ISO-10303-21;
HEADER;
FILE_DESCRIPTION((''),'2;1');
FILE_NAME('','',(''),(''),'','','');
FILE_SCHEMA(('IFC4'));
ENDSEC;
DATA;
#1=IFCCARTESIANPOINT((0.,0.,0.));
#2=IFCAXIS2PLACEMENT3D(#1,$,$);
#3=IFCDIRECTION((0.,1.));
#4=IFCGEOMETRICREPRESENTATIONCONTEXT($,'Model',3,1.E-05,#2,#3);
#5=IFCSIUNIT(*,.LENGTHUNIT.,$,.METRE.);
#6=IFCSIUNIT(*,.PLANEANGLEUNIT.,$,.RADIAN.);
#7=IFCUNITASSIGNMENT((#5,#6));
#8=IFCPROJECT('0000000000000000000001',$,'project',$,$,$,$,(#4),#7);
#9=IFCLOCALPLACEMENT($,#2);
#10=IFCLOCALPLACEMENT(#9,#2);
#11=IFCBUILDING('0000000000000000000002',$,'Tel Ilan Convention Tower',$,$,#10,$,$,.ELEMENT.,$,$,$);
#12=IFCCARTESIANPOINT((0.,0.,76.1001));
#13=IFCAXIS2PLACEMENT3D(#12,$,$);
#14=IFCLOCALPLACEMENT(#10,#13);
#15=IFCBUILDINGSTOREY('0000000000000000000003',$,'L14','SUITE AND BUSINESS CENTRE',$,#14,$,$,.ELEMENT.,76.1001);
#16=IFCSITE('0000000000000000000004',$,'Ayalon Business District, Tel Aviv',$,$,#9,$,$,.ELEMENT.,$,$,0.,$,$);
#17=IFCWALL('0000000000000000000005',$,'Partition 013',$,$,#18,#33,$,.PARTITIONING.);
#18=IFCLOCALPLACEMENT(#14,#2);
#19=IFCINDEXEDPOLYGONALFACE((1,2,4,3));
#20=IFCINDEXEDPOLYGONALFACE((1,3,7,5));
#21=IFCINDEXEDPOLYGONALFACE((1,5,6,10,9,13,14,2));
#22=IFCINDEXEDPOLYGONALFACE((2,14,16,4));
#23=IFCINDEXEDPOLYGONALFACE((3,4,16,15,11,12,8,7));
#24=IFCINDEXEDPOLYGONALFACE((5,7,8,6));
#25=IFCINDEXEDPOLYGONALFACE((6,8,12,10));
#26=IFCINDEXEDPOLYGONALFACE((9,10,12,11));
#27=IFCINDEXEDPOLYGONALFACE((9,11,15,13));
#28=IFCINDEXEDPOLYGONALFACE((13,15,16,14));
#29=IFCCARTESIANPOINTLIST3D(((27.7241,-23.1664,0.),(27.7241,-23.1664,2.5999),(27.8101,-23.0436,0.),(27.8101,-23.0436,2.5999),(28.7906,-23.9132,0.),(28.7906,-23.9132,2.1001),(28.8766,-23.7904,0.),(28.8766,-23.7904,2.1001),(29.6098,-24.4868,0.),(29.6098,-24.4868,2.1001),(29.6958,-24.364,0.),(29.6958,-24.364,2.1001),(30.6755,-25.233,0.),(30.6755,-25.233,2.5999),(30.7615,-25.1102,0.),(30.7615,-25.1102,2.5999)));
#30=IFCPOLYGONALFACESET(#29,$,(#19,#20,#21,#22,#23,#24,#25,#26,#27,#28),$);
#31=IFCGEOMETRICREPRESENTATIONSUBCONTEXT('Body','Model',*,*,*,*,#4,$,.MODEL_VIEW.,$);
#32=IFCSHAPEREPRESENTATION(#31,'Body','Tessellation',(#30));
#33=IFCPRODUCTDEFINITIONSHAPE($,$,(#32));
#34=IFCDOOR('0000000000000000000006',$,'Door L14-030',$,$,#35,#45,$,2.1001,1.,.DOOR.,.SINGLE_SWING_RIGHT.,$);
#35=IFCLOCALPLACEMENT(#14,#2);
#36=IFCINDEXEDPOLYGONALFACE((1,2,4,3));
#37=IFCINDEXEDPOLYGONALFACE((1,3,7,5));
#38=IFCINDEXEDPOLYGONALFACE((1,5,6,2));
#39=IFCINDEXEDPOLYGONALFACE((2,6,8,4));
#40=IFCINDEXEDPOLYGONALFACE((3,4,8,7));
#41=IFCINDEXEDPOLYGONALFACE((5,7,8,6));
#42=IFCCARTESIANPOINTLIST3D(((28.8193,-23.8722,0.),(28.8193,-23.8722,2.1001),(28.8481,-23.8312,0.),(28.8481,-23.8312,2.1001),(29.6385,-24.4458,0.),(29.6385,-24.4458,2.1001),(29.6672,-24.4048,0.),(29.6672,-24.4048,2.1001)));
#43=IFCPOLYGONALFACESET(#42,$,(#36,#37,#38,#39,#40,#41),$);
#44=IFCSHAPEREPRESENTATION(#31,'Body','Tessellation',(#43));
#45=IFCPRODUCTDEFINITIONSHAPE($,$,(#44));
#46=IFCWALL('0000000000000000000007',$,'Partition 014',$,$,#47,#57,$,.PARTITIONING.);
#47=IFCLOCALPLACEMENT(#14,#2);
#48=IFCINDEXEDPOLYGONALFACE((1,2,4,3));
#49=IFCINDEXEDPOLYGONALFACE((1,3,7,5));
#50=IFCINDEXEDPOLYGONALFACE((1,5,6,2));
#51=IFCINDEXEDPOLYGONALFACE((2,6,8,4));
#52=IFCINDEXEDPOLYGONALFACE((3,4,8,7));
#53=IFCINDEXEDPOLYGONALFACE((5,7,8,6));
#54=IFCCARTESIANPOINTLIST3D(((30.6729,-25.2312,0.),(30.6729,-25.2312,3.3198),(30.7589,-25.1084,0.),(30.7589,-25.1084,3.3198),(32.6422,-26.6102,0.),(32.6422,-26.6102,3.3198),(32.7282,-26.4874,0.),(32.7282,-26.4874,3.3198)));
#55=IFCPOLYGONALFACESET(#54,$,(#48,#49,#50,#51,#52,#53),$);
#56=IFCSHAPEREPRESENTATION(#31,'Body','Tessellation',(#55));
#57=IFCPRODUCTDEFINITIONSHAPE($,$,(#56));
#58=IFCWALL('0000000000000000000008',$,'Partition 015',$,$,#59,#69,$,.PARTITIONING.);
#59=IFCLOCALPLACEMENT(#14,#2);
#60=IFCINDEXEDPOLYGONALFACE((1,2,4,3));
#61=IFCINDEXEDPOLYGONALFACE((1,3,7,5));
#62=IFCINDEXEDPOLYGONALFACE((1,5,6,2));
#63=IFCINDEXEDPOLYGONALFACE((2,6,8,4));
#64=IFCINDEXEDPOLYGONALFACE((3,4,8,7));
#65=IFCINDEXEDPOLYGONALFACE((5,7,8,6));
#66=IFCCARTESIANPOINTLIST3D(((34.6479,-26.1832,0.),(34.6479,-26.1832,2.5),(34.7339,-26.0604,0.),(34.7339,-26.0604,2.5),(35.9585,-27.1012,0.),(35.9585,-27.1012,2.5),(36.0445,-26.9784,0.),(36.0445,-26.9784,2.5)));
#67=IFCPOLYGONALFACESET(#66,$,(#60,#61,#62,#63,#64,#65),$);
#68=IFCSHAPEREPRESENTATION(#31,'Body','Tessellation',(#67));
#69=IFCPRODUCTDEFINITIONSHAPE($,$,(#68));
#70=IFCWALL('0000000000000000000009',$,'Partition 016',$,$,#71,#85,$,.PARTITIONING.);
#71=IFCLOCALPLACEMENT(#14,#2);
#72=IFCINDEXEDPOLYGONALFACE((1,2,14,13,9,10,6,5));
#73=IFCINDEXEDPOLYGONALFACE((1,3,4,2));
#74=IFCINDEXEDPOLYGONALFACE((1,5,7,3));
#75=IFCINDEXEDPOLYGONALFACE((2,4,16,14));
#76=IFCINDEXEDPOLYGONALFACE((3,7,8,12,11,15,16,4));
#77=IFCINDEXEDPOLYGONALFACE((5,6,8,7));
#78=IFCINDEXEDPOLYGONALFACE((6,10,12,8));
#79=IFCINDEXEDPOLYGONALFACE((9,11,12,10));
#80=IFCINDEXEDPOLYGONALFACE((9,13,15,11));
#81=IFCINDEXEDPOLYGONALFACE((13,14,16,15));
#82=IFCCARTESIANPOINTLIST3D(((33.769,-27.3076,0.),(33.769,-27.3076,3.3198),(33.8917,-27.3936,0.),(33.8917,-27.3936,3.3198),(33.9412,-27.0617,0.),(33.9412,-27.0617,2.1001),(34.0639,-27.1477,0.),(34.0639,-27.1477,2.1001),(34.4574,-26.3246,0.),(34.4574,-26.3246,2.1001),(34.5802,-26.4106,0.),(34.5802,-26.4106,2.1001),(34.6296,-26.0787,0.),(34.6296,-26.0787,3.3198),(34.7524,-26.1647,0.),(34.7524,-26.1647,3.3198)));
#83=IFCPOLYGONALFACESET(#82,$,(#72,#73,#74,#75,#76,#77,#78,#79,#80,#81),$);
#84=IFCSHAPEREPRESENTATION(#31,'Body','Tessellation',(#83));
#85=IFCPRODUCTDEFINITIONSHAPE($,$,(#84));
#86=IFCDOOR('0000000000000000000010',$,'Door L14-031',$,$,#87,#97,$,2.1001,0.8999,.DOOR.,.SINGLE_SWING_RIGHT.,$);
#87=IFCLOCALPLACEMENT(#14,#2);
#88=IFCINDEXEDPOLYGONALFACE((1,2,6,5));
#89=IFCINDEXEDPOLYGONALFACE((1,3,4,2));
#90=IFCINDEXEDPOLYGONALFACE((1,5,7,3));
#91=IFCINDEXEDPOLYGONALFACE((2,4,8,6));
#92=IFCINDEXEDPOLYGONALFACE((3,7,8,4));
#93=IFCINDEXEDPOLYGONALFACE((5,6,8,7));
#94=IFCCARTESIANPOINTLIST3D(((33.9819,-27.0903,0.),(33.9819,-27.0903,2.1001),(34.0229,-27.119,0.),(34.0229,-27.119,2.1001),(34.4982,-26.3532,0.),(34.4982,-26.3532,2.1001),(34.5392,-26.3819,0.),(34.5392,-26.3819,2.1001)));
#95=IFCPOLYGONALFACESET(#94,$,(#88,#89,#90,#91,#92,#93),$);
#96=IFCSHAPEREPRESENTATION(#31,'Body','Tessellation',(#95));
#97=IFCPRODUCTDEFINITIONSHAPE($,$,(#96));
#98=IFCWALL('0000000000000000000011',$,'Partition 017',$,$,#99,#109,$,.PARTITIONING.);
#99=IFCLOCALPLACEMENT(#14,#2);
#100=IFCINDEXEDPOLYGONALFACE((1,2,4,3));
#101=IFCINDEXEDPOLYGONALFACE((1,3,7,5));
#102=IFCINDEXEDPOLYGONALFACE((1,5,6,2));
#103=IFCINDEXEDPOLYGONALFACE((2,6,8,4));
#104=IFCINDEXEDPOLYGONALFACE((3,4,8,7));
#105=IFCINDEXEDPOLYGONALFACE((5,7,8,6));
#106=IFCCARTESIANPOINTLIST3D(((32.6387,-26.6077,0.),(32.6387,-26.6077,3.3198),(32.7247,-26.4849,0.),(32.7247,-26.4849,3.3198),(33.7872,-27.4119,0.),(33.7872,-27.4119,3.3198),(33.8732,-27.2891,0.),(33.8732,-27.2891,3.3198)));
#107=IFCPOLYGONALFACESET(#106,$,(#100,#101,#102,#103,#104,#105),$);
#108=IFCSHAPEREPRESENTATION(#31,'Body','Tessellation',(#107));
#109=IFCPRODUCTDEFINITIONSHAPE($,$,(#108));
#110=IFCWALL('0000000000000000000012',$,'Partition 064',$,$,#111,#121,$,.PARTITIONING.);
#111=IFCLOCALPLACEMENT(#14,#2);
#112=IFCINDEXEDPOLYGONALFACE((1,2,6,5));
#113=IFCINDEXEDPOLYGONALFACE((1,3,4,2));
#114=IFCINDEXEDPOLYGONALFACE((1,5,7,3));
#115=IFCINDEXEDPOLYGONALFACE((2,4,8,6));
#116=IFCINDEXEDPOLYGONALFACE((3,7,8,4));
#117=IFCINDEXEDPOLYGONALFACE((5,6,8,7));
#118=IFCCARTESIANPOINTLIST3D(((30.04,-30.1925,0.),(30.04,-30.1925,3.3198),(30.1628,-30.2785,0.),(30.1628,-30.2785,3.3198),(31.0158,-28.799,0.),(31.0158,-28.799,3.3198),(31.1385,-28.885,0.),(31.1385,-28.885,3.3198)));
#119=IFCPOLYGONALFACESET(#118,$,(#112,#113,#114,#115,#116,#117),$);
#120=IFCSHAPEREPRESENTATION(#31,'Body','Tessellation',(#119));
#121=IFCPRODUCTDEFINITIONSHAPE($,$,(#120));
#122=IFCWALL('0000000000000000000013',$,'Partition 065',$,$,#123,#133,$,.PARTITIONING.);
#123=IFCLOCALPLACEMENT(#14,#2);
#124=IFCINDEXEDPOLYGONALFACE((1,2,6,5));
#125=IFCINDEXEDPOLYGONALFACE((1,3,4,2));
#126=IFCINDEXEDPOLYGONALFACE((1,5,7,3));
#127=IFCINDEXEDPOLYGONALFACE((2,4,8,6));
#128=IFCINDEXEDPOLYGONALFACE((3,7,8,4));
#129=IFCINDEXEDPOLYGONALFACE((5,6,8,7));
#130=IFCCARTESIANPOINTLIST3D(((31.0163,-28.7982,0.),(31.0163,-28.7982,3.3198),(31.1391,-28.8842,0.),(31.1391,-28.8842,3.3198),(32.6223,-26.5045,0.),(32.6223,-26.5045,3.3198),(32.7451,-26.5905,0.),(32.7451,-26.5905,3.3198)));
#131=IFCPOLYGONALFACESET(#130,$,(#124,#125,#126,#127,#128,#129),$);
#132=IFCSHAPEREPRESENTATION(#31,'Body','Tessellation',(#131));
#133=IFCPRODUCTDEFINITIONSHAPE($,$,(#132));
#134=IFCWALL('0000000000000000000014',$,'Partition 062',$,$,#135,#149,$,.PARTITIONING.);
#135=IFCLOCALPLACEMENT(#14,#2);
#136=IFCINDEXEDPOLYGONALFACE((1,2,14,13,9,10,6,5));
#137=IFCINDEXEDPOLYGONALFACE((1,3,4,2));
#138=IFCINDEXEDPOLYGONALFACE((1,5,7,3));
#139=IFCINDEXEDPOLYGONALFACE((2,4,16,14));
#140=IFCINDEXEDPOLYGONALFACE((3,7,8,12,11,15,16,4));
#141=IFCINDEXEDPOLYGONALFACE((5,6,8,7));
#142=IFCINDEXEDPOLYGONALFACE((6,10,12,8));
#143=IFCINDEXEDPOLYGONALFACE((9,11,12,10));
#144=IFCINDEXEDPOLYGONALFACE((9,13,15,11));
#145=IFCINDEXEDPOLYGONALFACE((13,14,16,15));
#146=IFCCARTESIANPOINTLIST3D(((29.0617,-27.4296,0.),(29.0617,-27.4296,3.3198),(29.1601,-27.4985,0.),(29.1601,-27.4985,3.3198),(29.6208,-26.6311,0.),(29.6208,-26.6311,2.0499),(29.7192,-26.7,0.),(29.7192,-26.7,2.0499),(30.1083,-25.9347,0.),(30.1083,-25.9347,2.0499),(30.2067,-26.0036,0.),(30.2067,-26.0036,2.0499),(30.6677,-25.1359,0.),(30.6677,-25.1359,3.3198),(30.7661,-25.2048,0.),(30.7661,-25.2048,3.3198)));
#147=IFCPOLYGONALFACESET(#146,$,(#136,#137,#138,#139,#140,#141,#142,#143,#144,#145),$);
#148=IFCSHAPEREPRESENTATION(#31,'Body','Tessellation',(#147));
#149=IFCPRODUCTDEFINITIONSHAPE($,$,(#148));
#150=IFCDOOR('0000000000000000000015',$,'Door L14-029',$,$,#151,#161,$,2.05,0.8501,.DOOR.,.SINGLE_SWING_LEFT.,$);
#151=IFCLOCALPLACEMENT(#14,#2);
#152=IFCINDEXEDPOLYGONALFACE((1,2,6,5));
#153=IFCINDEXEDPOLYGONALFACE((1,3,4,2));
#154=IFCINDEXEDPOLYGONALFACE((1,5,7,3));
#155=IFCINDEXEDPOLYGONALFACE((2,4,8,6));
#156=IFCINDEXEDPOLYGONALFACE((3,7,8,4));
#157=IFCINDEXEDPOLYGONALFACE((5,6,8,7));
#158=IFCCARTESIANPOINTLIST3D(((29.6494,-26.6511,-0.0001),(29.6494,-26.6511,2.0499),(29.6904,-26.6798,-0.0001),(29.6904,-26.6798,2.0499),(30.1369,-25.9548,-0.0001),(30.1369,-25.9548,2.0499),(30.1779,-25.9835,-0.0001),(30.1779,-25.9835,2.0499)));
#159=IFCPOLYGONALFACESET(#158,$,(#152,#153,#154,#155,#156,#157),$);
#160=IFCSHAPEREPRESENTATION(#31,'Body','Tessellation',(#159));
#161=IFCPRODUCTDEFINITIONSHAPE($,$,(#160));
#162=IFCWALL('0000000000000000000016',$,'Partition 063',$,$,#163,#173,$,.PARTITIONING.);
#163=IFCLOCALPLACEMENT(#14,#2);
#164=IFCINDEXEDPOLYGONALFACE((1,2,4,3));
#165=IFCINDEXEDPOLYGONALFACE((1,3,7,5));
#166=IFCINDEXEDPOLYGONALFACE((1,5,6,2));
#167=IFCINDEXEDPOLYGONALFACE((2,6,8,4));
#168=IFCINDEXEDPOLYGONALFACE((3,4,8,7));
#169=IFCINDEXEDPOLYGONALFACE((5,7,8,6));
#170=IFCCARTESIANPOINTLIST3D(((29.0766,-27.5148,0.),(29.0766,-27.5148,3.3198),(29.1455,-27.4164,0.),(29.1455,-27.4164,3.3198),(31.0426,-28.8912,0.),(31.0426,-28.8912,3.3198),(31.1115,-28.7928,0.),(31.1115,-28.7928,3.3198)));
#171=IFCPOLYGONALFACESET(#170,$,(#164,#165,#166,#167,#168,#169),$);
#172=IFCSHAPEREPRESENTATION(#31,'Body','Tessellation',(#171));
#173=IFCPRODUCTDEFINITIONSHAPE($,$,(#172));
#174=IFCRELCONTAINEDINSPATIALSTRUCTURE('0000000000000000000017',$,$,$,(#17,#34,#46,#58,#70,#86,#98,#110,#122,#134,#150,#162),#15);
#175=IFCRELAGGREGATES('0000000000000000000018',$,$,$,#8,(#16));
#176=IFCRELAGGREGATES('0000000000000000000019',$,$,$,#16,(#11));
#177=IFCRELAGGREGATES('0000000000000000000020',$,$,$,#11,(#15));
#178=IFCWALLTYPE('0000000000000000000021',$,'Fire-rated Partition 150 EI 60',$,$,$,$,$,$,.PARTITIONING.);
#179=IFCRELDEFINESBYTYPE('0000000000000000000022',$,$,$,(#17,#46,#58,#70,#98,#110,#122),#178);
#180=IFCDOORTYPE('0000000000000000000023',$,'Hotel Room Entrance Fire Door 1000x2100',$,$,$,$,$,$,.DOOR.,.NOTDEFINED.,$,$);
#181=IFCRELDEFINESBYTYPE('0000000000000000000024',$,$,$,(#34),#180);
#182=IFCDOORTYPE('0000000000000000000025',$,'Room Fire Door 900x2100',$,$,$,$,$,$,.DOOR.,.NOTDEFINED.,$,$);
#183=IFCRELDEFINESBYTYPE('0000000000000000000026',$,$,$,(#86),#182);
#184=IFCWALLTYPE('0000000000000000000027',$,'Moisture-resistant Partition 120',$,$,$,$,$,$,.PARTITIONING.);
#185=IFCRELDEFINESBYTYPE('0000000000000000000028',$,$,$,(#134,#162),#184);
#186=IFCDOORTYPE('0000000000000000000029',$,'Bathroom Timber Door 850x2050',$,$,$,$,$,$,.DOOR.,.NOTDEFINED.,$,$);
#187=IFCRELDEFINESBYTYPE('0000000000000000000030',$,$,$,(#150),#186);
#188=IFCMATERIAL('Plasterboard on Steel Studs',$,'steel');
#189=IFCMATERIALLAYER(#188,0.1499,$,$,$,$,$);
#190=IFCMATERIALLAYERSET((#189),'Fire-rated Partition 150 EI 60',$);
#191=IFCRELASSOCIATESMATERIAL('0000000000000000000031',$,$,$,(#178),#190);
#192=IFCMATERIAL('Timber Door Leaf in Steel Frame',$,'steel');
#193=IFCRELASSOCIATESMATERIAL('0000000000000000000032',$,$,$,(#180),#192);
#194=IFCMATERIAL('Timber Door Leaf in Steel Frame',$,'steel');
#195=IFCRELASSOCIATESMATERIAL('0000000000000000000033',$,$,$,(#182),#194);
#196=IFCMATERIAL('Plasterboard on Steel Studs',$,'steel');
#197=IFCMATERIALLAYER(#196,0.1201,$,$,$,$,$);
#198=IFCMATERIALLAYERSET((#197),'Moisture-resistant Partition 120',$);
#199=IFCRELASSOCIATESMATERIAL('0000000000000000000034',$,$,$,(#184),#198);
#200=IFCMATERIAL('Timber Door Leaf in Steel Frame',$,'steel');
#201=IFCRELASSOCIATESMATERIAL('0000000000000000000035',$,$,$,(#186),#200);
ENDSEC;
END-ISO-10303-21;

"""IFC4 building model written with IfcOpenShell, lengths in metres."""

from ifc_helpers import new_model, si_unit, direction, frame, frame_2d, origin, place, context, subcontext, project, spatial, rectangle, extrude, material, layer, layer_set, type_object, element, fill, save


model = new_model("IFC4")

# Units and contexts
model_context = context("Model", 3, precision=1e-05, world=origin(), true_north=direction((0.0, 1.0)))
body_context = subcontext(model_context, "Body", "Model", "MODEL_VIEW")
ifc_project = project(units=[si_unit("LENGTHUNIT", "METRE"), si_unit("PLANEANGLEUNIT", "RADIAN")], contexts=[model_context])

# Site, building, storey
site_placement = place(None, origin())
site = spatial("IfcSite", under=ifc_project, at=site_placement, Name="Ayalon Business District, Tel Aviv", CompositionType="ELEMENT", RefElevation=0.0)
building_placement = place(site_placement, origin())
building = spatial("IfcBuilding", under=site, at=building_placement, Name="Tel Ilan Convention Tower", CompositionType="ELEMENT")
storey_placement = place(building_placement, frame((0.0, 0.0, 76.1001)))
storey = spatial("IfcBuildingStorey", under=building, at=storey_placement, Name="L14", Description="SUITE AND BUSINESS CENTRE", CompositionType="ELEMENT", Elevation=76.1001)

# Wall, opening, door
ifc_material_1 = material(Name="Plasterboard on Steel Studs", Category="steel")
ifc_layer_1 = layer(ifc_material_1, 0.1499)
ifc_layer_set_1 = layer_set([ifc_layer_1], Name="Fire-rated Partition 150 EI 60")
wall_type_1 = type_object("IfcWallType", Name="Fire-rated Partition 150 EI 60", PredefinedType="PARTITIONING", material=ifc_layer_set_1)
wall_1_placement = place(storey_placement, frame((30.7185, -25.1716, 0.0), z_axis=(0.0, 0.0, 1.0), x_axis=(-0.819146, 0.573585, 0.0)))
wall_1 = element("IfcWall", 1, at=wall_1_placement, inside=storey, type_object=wall_type_1, Name="Partition 013", PredefinedType="PARTITIONING", context=body_context, shape_type="SweptSolid", body=[
    extrude(rectangle(XDim=3.603, YDim=0.1499, at=frame_2d((1.8015, 0.0))), origin(), (0.0, 0.0, 1.0), 2.5999),
])
opening_1_placement = place(wall_1_placement, frame((1.301, 0.0, 0.0)))
opening_1 = element("IfcOpeningElement", 2, at=opening_1_placement, cuts=wall_1, PredefinedType="OPENING", context=body_context, shape_type="SweptSolid", body=[
    extrude(rectangle(XDim=1.0, YDim=2.1001, at=frame_2d((0.5, 1.05))), frame((0.0, 0.085, 0.0), z_axis=(0.0, -1.0, 0.0), x_axis=(1.0, 0.0, 0.0)), (0.0, 0.0, 1.0), 0.1699),
])
ifc_material_2 = material(Name="Timber Door Leaf in Steel Frame", Category="steel")
door_type_1 = type_object("IfcDoorType", Name="Hotel Room Entrance Fire Door 1000x2100", OperationType="NOTDEFINED", PredefinedType="DOOR", material=ifc_material_2)
door_1_placement = place(opening_1_placement, origin())
door_1 = element("IfcDoor", 3, at=door_1_placement, inside=storey, type_object=door_type_1, Name="Door L14-030", OperationType="SINGLE_SWING_RIGHT", OverallHeight=2.1001, OverallWidth=1.0, PredefinedType="DOOR", context=body_context, shape_type="SweptSolid", body=[
    extrude(rectangle(XDim=1.0, YDim=2.1001, at=frame_2d((0.5, 1.05))), frame((0.0, 0.0249, 0.0), z_axis=(0.0, -1.0, 0.0), x_axis=(1.0, 0.0, 0.0)), (0.0, 0.0, 1.0), 0.05),
])
fill(opening_1, door_1)

# Walls
wall_2_placement = place(storey_placement, frame((32.6853, -26.5488, 0.0), z_axis=(0.0, 0.0, 1.0), x_axis=(-0.819146, 0.573585, 0.0)))
element("IfcWall", 4, at=wall_2_placement, inside=storey, type_object=wall_type_1, Name="Partition 014", PredefinedType="PARTITIONING", context=body_context, shape_type="SweptSolid", body=[
    extrude(rectangle(XDim=2.4041, YDim=0.1499, at=frame_2d((1.2021, 0.0))), origin(), (0.0, 0.0, 1.0), 3.3198),
])
wall_3_placement = place(storey_placement, frame((36.0015, -27.0398, 0.0), z_axis=(0.0, 0.0, 1.0), x_axis=(-0.81906, 0.573708, 0.0)))
element("IfcWall", 5, at=wall_3_placement, inside=storey, type_object=wall_type_1, Name="Partition 015", PredefinedType="PARTITIONING", context=body_context, shape_type="SweptSolid", body=[
    extrude(rectangle(XDim=1.6001, YDim=0.1499, at=frame_2d((0.8, 0.0))), origin(), (0.0, 0.0, 1.0), 2.5),
])

# Wall, opening, door
wall_4_placement = place(storey_placement, frame((34.6909, -26.1218, 0.0), z_axis=(0.0, 0.0, 1.0), x_axis=(-0.57367, -0.819087, 0.0)))
wall_4 = element("IfcWall", 6, at=wall_4_placement, inside=storey, type_object=wall_type_1, Name="Partition 016", PredefinedType="PARTITIONING", context=body_context, shape_type="SweptSolid", body=[
    extrude(rectangle(XDim=1.5002, YDim=0.1499, at=frame_2d((0.75, 0.0))), origin(), (0.0, 0.0, 1.0), 3.3198),
])
opening_2_placement = place(wall_4_placement, frame((0.3, 0.0, 0.0)))
opening_2 = element("IfcOpeningElement", 7, at=opening_2_placement, cuts=wall_4, PredefinedType="OPENING", context=body_context, shape_type="SweptSolid", body=[
    extrude(rectangle(XDim=0.8999, YDim=2.1001, at=frame_2d((0.45, 1.05))), frame((0.0, 0.085, 0.0), z_axis=(0.0, -1.0, 0.0), x_axis=(1.0, 0.0, 0.0)), (0.0, 0.0, 1.0), 0.1699),
])
ifc_material_3 = material(Name="Timber Door Leaf in Steel Frame", Category="steel")
door_type_2 = type_object("IfcDoorType", Name="Room Fire Door 900x2100", OperationType="NOTDEFINED", PredefinedType="DOOR", material=ifc_material_3)
door_2_placement = place(opening_2_placement, origin())
door_2 = element("IfcDoor", 8, at=door_2_placement, inside=storey, type_object=door_type_2, Name="Door L14-031", OperationType="SINGLE_SWING_RIGHT", OverallHeight=2.1001, OverallWidth=0.8999, PredefinedType="DOOR", context=body_context, shape_type="SweptSolid", body=[
    extrude(rectangle(XDim=0.8999, YDim=2.1001, at=frame_2d((0.45, 1.05))), frame((0.0, 0.0249, 0.0), z_axis=(0.0, -1.0, 0.0), x_axis=(1.0, 0.0, 0.0)), (0.0, 0.0, 1.0), 0.05),
])
fill(opening_2, door_2)

# Walls
wall_5_placement = place(storey_placement, frame((33.8303, -27.3506, 0.0), z_axis=(0.0, 0.0, 1.0), x_axis=(-0.819134, 0.573603, 0.0)))
element("IfcWall", 9, at=wall_5_placement, inside=storey, type_object=wall_type_1, Name="Partition 017", PredefinedType="PARTITIONING", context=body_context, shape_type="SweptSolid", body=[
    extrude(rectangle(XDim=1.4021, YDim=0.1499, at=frame_2d((0.7012, 0.0))), origin(), (0.0, 0.0, 1.0), 3.3198),
])
wall_6_placement = place(storey_placement, frame((31.0771, -28.842, 0.0), z_axis=(0.0, 0.0, 1.0), x_axis=(-0.573597, -0.819138, 0.0)))
element("IfcWall", 10, at=wall_6_placement, inside=storey, type_object=wall_type_1, Name="Partition 064", PredefinedType="PARTITIONING", context=body_context, shape_type="SweptSolid", body=[
    extrude(rectangle(XDim=1.7012, YDim=0.1499, at=frame_2d((0.8506, 0.0))), origin(), (0.0, 0.0, 1.0), 3.3198),
])
wall_7_placement = place(storey_placement, frame((32.6836, -26.5476, 0.0), z_axis=(0.0, 0.0, 1.0), x_axis=(-0.57355, -0.81917, 0.0)))
element("IfcWall", 11, at=wall_7_placement, inside=storey, type_object=wall_type_1, Name="Partition 065", PredefinedType="PARTITIONING", context=body_context, shape_type="SweptSolid", body=[
    extrude(rectangle(XDim=2.8, YDim=0.1499, at=frame_2d((1.3999, 0.0))), origin(), (0.0, 0.0, 1.0), 3.3198),
])

# Wall, opening, door
ifc_material_4 = material(Name="Plasterboard on Steel Studs", Category="steel")
ifc_layer_2 = layer(ifc_material_4, 0.1201)
ifc_layer_set_2 = layer_set([ifc_layer_2], Name="Moisture-resistant Partition 120")
wall_type_2 = type_object("IfcWallType", Name="Moisture-resistant Partition 120", PredefinedType="PARTITIONING", material=ifc_layer_set_2)
wall_8_placement = place(storey_placement, frame((30.7168, -25.1704, 0.0), z_axis=(0.0, 0.0, 1.0), x_axis=(-0.57355, -0.81917, 0.0)))
wall_8 = element("IfcWall", 12, at=wall_8_placement, inside=storey, type_object=wall_type_2, Name="Partition 062", PredefinedType="PARTITIONING", context=body_context, shape_type="SweptSolid", body=[
    extrude(rectangle(XDim=2.8, YDim=0.1201, at=frame_2d((1.3999, 0.0))), origin(), (0.0, 0.0, 1.0), 3.3198),
])
opening_3_placement = place(wall_8_placement, frame((0.9751, 0.0, 0.0)))
opening_3 = element("IfcOpeningElement", 13, at=opening_3_placement, cuts=wall_8, PredefinedType="OPENING", context=body_context, shape_type="SweptSolid", body=[
    extrude(rectangle(XDim=0.8501, YDim=2.05, at=frame_2d((0.425, 1.0249))), frame((0.0, 0.0701, 0.0), z_axis=(0.0, -1.0, 0.0), x_axis=(1.0, 0.0, 0.0)), (0.0, 0.0, 1.0), 0.1401),
])
ifc_material_5 = material(Name="Timber Door Leaf in Steel Frame", Category="steel")
door_type_3 = type_object("IfcDoorType", Name="Bathroom Timber Door 850x2050", OperationType="NOTDEFINED", PredefinedType="DOOR", material=ifc_material_5)
door_3_placement = place(opening_3_placement, origin())
door_3 = element("IfcDoor", 14, at=door_3_placement, inside=storey, type_object=door_type_3, Name="Door L14-029", OperationType="SINGLE_SWING_LEFT", OverallHeight=2.05, OverallWidth=0.8501, PredefinedType="DOOR", context=body_context, shape_type="SweptSolid", body=[
    extrude(rectangle(XDim=0.8501, YDim=2.05, at=frame_2d((0.425, 1.0249))), frame((0.0, 0.0249, 0.0), z_axis=(0.0, -1.0, 0.0), x_axis=(1.0, 0.0, 0.0)), (0.0, 0.0, 1.0), 0.05),
])
fill(opening_3, door_3)

# Wall
wall_9_placement = place(storey_placement, frame((29.1111, -27.4656, 0.0), z_axis=(0.0, 0.0, 1.0), x_axis=(0.819189, -0.573524, 0.0)))
element("IfcWall", 15, at=wall_9_placement, inside=storey, type_object=wall_type_2, Name="Partition 063", PredefinedType="PARTITIONING", context=body_context, shape_type="SweptSolid", body=[
    extrude(rectangle(XDim=2.3999, YDim=0.1201, at=frame_2d((1.2, 0.0))), origin(), (0.0, 0.0, 1.0), 3.3198),
])

save(model, "model.ifc")
